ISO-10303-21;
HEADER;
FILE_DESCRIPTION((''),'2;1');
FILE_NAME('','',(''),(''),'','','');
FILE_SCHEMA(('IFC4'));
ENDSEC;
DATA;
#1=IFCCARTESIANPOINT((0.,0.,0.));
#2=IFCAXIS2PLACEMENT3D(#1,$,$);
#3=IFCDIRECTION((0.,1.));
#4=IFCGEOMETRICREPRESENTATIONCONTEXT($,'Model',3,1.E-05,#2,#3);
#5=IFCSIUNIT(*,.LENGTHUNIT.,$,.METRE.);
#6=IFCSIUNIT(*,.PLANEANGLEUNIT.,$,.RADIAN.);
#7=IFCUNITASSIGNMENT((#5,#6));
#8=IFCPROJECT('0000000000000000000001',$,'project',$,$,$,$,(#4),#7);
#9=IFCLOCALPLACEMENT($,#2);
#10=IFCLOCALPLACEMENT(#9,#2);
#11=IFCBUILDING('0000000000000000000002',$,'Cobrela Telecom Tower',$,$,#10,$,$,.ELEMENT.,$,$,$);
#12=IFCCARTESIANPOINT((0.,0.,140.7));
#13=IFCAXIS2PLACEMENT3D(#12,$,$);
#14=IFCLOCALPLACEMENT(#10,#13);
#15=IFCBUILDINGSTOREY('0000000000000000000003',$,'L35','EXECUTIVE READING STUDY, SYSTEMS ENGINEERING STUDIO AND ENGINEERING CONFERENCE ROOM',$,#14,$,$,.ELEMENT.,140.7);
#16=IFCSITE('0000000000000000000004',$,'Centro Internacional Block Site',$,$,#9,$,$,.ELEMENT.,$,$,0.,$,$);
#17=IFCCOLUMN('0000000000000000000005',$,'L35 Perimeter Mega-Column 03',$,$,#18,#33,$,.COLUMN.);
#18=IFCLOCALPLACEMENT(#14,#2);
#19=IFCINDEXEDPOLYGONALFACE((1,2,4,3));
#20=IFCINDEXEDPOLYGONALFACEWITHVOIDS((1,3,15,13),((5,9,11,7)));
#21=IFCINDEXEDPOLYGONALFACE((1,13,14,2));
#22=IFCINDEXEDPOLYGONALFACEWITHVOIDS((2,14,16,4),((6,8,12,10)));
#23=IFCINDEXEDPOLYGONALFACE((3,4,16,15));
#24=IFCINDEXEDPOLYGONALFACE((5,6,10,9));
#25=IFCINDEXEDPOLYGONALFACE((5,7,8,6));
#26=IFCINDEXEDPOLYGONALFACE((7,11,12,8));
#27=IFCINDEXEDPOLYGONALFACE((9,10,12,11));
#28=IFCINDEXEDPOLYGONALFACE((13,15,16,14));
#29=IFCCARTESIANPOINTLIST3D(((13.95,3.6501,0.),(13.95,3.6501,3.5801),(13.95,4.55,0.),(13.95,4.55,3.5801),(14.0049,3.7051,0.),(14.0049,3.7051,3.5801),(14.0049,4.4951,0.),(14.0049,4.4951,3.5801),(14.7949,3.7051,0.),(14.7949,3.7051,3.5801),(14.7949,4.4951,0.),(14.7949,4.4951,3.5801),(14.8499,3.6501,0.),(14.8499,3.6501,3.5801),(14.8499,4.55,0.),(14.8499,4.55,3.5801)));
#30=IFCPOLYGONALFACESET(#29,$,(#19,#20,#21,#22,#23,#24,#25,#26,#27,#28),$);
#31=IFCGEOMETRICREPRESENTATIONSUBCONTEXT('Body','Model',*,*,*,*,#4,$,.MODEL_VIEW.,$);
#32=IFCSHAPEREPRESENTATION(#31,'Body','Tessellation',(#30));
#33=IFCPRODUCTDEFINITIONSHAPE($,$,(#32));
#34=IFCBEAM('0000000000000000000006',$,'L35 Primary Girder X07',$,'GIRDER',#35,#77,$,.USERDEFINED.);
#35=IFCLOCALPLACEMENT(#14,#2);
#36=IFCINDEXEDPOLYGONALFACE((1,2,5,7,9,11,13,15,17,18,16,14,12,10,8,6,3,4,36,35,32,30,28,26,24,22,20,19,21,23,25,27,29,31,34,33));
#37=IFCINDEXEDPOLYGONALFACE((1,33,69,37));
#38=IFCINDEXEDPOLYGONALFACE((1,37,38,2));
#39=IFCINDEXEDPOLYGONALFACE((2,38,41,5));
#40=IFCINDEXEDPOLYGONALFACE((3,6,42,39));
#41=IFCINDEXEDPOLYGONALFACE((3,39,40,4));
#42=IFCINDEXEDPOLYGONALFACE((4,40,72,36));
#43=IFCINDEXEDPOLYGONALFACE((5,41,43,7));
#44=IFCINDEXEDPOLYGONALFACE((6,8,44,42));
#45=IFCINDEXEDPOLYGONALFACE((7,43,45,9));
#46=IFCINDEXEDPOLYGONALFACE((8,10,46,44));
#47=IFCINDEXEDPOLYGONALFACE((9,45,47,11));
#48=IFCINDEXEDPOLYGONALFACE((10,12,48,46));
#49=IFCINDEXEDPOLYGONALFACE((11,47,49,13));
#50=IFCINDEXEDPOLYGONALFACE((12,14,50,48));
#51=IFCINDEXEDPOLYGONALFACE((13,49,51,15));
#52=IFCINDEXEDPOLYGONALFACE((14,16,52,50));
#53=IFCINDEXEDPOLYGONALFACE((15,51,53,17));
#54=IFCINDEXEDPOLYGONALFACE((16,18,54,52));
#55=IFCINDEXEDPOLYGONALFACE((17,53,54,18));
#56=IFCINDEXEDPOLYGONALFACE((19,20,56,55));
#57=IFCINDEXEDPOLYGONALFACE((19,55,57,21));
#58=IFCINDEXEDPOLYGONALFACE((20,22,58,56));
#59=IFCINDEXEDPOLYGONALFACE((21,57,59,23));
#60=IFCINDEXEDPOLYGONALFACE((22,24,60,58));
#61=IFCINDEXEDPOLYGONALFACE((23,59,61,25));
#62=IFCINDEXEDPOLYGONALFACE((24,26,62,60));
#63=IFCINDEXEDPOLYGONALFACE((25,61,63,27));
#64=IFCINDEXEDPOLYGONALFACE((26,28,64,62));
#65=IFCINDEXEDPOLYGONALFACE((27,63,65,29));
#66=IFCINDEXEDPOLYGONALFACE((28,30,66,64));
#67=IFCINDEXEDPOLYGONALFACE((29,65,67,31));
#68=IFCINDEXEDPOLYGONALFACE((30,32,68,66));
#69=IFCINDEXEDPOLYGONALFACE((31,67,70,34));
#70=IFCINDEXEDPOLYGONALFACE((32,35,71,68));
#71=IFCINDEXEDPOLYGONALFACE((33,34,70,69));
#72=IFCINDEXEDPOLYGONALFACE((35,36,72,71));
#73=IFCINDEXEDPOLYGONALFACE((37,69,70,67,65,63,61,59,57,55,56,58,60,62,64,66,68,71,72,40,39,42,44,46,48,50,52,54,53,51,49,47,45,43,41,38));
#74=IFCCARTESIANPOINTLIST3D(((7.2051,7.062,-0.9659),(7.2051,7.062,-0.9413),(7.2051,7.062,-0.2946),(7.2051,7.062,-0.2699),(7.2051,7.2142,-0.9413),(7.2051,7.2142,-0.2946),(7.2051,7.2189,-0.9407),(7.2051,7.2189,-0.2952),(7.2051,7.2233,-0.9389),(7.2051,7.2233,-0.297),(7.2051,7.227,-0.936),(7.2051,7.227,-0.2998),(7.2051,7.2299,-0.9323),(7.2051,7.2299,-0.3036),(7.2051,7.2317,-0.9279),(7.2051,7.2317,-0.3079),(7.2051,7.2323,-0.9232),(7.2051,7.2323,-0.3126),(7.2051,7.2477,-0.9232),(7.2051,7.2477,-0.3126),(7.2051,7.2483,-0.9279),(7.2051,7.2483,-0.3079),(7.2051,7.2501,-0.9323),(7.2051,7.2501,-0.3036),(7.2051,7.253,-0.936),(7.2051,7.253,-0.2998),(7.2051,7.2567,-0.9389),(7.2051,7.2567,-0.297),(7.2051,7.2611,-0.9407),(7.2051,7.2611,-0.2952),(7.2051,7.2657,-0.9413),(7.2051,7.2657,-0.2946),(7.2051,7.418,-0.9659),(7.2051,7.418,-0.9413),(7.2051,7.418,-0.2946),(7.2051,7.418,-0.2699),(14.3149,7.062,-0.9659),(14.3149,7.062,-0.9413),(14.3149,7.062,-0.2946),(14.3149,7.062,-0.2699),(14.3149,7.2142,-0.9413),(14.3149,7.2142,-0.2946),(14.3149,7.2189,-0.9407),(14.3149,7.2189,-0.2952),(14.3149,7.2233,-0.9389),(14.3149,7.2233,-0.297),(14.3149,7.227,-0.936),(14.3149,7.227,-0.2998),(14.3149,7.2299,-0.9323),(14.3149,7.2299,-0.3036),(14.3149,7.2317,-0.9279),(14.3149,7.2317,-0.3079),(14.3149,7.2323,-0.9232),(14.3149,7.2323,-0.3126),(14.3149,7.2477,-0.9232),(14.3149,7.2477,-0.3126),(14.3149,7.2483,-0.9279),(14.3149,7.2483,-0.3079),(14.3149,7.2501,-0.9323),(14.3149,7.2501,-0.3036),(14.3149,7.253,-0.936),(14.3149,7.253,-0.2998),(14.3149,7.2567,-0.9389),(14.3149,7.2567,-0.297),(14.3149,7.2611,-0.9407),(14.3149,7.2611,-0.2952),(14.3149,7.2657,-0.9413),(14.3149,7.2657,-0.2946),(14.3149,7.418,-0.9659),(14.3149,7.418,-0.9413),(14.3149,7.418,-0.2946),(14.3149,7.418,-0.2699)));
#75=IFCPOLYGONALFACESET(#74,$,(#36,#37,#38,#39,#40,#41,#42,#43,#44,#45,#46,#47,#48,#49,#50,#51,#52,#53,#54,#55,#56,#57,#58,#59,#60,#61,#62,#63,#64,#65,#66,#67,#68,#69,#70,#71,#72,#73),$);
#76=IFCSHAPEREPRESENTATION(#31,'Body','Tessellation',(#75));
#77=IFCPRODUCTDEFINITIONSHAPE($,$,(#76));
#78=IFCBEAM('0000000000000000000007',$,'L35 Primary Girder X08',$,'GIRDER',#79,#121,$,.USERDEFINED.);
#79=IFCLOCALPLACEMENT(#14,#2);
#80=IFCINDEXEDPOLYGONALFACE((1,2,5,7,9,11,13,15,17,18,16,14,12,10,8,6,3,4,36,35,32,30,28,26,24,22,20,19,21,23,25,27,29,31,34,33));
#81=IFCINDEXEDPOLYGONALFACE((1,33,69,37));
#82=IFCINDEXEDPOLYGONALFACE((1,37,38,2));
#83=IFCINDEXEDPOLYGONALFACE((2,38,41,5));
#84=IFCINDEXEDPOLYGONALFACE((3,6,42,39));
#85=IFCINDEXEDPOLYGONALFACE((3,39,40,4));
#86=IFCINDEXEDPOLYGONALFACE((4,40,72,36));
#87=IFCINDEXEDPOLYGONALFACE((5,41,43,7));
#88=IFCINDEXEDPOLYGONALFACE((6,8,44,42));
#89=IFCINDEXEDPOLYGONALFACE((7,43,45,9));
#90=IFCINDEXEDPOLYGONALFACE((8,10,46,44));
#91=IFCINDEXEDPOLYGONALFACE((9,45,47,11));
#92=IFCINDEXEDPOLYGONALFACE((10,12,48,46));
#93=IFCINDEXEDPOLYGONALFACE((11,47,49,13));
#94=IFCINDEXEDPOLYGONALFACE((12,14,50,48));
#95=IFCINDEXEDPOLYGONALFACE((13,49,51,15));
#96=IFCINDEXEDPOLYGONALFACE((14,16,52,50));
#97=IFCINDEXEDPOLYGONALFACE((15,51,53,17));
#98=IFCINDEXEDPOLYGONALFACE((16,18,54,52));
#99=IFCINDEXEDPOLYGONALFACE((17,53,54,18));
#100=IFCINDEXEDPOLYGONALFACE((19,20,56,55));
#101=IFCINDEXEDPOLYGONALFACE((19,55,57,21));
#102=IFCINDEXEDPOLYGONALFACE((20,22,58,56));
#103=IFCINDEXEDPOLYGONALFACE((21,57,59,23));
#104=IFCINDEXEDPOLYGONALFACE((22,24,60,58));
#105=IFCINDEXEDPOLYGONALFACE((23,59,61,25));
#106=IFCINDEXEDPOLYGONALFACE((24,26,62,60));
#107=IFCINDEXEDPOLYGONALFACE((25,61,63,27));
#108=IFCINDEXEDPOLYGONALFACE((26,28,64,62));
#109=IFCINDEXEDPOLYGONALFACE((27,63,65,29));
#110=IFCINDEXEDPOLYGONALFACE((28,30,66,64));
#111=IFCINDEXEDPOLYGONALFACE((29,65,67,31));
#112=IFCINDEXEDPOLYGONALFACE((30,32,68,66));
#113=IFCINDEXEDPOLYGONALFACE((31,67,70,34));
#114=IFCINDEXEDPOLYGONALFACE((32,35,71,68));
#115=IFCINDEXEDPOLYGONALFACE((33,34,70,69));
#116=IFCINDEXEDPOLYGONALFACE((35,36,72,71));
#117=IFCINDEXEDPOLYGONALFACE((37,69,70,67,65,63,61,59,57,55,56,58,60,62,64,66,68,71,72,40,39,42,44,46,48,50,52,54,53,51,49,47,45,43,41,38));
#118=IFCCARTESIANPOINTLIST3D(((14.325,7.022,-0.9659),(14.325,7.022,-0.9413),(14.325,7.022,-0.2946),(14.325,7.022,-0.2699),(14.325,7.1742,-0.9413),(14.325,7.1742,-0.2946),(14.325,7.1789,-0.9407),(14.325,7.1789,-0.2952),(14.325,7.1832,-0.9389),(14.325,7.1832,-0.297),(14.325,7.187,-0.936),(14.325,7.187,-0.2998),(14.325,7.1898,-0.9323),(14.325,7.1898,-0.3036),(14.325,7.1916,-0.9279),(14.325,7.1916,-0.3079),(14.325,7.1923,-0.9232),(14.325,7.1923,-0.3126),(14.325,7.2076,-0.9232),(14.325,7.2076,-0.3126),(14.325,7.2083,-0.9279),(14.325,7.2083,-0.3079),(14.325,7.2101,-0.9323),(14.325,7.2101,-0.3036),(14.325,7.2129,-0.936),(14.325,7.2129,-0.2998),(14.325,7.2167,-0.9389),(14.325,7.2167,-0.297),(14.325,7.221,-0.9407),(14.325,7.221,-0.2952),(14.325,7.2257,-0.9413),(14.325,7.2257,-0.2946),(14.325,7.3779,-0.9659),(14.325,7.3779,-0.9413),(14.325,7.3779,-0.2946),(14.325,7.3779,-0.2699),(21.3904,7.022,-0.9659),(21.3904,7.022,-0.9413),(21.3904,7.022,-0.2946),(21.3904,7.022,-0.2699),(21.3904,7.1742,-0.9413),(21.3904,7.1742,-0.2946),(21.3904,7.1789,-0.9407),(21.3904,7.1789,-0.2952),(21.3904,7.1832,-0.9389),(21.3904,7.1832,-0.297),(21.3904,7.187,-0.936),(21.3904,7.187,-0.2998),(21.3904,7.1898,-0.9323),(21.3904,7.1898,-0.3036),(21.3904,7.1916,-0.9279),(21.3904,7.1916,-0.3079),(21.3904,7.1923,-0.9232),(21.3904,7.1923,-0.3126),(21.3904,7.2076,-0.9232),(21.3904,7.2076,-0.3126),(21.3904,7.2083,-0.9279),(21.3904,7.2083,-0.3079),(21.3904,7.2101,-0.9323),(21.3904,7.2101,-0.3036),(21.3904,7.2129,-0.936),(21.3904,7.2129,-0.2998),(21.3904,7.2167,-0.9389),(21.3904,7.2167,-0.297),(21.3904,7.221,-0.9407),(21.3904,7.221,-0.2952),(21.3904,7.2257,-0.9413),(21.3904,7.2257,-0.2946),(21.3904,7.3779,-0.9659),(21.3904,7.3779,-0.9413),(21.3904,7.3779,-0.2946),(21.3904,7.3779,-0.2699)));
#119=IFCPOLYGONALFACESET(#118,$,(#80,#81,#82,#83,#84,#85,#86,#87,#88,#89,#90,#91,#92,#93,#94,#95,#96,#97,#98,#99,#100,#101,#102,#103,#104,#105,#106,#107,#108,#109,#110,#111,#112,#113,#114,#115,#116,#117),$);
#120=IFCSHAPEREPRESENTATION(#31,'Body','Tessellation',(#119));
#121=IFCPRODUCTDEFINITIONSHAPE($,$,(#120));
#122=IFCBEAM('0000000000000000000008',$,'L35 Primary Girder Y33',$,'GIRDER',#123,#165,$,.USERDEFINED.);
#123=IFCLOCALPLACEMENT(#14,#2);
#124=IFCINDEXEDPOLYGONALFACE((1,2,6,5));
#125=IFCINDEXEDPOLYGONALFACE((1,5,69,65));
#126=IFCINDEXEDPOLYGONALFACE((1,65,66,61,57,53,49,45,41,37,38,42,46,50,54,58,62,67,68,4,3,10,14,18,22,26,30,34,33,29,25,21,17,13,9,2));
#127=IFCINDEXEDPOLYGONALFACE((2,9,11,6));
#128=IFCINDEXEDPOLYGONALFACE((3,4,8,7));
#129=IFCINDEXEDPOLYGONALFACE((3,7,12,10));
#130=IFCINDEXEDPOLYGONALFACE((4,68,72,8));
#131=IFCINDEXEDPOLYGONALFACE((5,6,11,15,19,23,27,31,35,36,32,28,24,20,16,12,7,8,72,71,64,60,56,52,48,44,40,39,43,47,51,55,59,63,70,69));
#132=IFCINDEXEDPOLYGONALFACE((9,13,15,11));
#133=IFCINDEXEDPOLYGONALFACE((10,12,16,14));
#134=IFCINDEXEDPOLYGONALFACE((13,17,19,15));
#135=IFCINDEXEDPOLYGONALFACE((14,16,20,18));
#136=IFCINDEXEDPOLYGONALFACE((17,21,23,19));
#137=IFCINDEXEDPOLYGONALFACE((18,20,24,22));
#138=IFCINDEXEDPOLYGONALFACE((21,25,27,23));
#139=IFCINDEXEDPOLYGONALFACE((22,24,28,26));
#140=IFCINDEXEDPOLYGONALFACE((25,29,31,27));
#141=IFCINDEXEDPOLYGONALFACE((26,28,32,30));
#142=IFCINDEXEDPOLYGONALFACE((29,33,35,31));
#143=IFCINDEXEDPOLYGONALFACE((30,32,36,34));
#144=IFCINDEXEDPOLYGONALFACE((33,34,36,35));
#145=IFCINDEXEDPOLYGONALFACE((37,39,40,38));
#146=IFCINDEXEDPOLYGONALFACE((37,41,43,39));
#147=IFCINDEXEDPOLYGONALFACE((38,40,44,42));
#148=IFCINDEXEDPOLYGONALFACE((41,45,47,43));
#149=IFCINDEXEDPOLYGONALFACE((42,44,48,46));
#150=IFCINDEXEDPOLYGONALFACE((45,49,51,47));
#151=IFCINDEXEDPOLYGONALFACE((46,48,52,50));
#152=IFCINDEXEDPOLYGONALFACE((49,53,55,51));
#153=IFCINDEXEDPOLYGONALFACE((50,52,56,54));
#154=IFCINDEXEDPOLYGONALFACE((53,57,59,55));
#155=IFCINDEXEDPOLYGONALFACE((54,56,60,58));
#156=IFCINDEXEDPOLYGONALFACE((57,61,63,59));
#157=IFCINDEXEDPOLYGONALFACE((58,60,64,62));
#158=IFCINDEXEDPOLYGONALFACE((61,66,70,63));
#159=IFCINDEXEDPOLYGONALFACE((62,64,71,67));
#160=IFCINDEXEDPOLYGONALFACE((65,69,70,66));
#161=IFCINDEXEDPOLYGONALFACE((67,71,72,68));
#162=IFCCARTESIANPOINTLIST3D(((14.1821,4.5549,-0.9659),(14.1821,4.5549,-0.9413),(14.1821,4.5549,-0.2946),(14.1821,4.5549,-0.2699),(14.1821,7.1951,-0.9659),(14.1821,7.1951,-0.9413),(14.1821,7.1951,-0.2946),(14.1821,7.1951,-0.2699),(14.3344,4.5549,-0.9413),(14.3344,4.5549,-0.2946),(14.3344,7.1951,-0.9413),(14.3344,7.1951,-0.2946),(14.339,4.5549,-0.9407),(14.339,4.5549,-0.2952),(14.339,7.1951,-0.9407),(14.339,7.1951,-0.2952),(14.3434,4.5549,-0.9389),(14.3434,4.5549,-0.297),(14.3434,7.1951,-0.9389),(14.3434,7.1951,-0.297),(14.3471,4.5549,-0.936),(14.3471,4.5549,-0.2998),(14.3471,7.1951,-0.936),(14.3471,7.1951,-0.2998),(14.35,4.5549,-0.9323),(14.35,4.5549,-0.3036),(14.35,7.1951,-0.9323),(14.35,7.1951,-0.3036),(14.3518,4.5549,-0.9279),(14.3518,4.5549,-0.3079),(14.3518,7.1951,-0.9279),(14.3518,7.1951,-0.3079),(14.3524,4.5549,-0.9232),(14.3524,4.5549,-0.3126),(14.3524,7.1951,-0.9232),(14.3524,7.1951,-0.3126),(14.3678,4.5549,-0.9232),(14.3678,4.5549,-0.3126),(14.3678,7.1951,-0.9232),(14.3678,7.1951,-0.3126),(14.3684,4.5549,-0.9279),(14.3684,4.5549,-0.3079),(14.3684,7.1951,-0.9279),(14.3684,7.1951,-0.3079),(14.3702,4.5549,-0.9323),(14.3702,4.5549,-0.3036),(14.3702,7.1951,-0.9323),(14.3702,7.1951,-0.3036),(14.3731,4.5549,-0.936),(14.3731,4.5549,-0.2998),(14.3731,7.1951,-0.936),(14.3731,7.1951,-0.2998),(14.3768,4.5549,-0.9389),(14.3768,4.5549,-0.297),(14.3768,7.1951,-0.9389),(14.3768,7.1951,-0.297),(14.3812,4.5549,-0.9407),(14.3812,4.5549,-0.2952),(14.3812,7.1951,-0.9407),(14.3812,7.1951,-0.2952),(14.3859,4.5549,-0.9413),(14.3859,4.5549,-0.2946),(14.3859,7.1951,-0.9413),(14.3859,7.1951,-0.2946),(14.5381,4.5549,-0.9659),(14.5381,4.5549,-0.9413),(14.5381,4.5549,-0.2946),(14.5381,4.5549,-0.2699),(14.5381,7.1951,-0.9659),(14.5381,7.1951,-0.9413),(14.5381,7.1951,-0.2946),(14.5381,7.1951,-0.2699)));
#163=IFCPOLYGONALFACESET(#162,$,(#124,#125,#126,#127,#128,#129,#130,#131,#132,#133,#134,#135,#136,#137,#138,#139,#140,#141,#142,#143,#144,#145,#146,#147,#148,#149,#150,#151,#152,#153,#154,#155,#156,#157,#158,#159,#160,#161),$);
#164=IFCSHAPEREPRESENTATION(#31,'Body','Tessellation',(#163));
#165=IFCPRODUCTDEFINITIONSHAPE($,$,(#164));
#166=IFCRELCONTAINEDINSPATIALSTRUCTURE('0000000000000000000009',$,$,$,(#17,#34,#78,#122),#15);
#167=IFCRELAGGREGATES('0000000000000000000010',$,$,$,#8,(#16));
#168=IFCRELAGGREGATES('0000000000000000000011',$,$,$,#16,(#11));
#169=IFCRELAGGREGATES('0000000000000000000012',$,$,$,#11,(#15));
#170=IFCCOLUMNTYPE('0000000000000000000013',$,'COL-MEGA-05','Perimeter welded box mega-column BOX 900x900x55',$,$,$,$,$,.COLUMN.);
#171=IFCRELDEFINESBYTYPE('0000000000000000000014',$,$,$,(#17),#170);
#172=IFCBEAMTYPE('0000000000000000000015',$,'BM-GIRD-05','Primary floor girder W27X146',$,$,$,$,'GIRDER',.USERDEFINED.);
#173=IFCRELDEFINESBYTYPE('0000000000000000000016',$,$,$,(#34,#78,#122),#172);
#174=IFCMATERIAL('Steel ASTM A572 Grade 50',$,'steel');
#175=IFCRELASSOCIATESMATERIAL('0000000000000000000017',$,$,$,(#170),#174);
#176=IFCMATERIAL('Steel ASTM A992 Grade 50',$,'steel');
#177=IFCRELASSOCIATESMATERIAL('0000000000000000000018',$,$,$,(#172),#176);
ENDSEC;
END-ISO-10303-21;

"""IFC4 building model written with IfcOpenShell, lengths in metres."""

from ifc_helpers import new_model, si_unit, direction, frame, origin, origin_2d, place, context, subcontext, project, spatial, hollow_rectangle, i_section, extrude, material, material_profile, profile_set, type_object, element, save


model = new_model("IFC4")

# Units and contexts
model_context = context("Model", 3, precision=1e-05, world=origin(), true_north=direction((0.0, 1.0)))
body_context = subcontext(model_context, "Body", "Model", "MODEL_VIEW")
ifc_project = project(units=[si_unit("LENGTHUNIT", "METRE"), si_unit("PLANEANGLEUNIT", "RADIAN")], contexts=[model_context])

# Site, building, storey
site_placement = place(None, origin())
site = spatial("IfcSite", under=ifc_project, at=site_placement, Name="Centro Internacional Block Site", CompositionType="ELEMENT", RefElevation=0.0)
building_placement = place(site_placement, origin())
building = spatial("IfcBuilding", under=site, at=building_placement, Name="Cobrela Telecom Tower", CompositionType="ELEMENT")
storey_placement = place(building_placement, frame((0.0, 0.0, 140.7)))
storey = spatial("IfcBuildingStorey", under=building, at=storey_placement, Name="L35", Description="EXECUTIVE READING STUDY, SYSTEMS ENGINEERING STUDIO AND ENGINEERING CONFERENCE ROOM", CompositionType="ELEMENT", Elevation=140.7)

# Column
ifc_material_1 = material(Name="Steel ASTM A572 Grade 50", Category="steel")
ifc_material_profile_1 = material_profile(ifc_material_1, hollow_rectangle(XDim=0.8999, YDim=0.8999, WallThickness=0.0549, at=origin_2d()), Name="BOX 900x900x55")
ifc_profile_set_1 = profile_set([ifc_material_profile_1], Name="Steel ASTM A572 Grade 50")
column_type = type_object("IfcColumnType", Name="COL-MEGA-05", Description="Perimeter welded box mega-column BOX 900x900x55", PredefinedType="COLUMN", material=ifc_profile_set_1)
column_placement = place(storey_placement, frame((14.3999, 4.1001, 0.0), z_axis=(0.0, 0.0, 1.0), x_axis=(1.0, 0.0, 0.0)))
element("IfcColumn", 1, at=column_placement, inside=storey, type_object=column_type, Name="L35 Perimeter Mega-Column 03", PredefinedType="COLUMN", context=body_context, shape_type="SweptSolid", body=[
    extrude(hollow_rectangle(XDim=0.8999, YDim=0.8999, WallThickness=0.0549, at=origin_2d()), origin(), (0.0, 0.0, 1.0), 3.5801),
])

# Beams
ifc_material_2 = material(Name="Steel ASTM A992 Grade 50", Category="steel")
ifc_material_profile_2 = material_profile(ifc_material_2, i_section(OverallWidth=0.356, OverallDepth=0.696, WebThickness=0.0154, FlangeThickness=0.0247, FilletRadius=0.0181, at=origin_2d()), Name="W27X146")
ifc_profile_set_2 = profile_set([ifc_material_profile_2], Name="Steel ASTM A992 Grade 50")
beam_type_1 = type_object("IfcBeamType", Name="BM-GIRD-05", Description="Primary floor girder W27X146", ElementType="GIRDER", PredefinedType="USERDEFINED", material=ifc_profile_set_2)
beam_1_placement = place(storey_placement, frame((7.2051, 7.24, -0.6179), z_axis=(1.0, 0.0, 0.0), x_axis=(0.0, 1.0, 0.0)))
element("IfcBeam", 2, at=beam_1_placement, inside=storey, type_object=beam_type_1, Name="L35 Primary Girder X07", ObjectType="GIRDER", PredefinedType="USERDEFINED", context=body_context, shape_type="SweptSolid", body=[
    extrude(i_section(OverallWidth=0.356, OverallDepth=0.696, WebThickness=0.0154, FlangeThickness=0.0247, FilletRadius=0.0181, at=origin_2d()), origin(), (0.0, 0.0, 1.0), 7.1099),
])
beam_2_placement = place(storey_placement, frame((14.325, 7.2, -0.6179), z_axis=(1.0, 0.0, 0.0), x_axis=(0.0, 1.0, 0.0)))
element("IfcBeam", 3, at=beam_2_placement, inside=storey, type_object=beam_type_1, Name="L35 Primary Girder X08", ObjectType="GIRDER", PredefinedType="USERDEFINED", context=body_context, shape_type="SweptSolid", body=[
    extrude(i_section(OverallWidth=0.356, OverallDepth=0.696, WebThickness=0.0154, FlangeThickness=0.0247, FilletRadius=0.0181, at=origin_2d()), origin(), (0.0, 0.0, 1.0), 7.0654),
])
beam_3_placement = place(storey_placement, frame((14.3601, 4.5549, -0.6179), z_axis=(0.0, 1.0, 0.0), x_axis=(-1.0, 0.0, 0.0)))
element("IfcBeam", 4, at=beam_3_placement, inside=storey, type_object=beam_type_1, Name="L35 Primary Girder Y33", ObjectType="GIRDER", PredefinedType="USERDEFINED", context=body_context, shape_type="SweptSolid", body=[
    extrude(i_section(OverallWidth=0.356, OverallDepth=0.696, WebThickness=0.0154, FlangeThickness=0.0247, FilletRadius=0.0181, at=origin_2d()), origin(), (0.0, 0.0, 1.0), 2.6401),
])

save(model, "model.ifc")
